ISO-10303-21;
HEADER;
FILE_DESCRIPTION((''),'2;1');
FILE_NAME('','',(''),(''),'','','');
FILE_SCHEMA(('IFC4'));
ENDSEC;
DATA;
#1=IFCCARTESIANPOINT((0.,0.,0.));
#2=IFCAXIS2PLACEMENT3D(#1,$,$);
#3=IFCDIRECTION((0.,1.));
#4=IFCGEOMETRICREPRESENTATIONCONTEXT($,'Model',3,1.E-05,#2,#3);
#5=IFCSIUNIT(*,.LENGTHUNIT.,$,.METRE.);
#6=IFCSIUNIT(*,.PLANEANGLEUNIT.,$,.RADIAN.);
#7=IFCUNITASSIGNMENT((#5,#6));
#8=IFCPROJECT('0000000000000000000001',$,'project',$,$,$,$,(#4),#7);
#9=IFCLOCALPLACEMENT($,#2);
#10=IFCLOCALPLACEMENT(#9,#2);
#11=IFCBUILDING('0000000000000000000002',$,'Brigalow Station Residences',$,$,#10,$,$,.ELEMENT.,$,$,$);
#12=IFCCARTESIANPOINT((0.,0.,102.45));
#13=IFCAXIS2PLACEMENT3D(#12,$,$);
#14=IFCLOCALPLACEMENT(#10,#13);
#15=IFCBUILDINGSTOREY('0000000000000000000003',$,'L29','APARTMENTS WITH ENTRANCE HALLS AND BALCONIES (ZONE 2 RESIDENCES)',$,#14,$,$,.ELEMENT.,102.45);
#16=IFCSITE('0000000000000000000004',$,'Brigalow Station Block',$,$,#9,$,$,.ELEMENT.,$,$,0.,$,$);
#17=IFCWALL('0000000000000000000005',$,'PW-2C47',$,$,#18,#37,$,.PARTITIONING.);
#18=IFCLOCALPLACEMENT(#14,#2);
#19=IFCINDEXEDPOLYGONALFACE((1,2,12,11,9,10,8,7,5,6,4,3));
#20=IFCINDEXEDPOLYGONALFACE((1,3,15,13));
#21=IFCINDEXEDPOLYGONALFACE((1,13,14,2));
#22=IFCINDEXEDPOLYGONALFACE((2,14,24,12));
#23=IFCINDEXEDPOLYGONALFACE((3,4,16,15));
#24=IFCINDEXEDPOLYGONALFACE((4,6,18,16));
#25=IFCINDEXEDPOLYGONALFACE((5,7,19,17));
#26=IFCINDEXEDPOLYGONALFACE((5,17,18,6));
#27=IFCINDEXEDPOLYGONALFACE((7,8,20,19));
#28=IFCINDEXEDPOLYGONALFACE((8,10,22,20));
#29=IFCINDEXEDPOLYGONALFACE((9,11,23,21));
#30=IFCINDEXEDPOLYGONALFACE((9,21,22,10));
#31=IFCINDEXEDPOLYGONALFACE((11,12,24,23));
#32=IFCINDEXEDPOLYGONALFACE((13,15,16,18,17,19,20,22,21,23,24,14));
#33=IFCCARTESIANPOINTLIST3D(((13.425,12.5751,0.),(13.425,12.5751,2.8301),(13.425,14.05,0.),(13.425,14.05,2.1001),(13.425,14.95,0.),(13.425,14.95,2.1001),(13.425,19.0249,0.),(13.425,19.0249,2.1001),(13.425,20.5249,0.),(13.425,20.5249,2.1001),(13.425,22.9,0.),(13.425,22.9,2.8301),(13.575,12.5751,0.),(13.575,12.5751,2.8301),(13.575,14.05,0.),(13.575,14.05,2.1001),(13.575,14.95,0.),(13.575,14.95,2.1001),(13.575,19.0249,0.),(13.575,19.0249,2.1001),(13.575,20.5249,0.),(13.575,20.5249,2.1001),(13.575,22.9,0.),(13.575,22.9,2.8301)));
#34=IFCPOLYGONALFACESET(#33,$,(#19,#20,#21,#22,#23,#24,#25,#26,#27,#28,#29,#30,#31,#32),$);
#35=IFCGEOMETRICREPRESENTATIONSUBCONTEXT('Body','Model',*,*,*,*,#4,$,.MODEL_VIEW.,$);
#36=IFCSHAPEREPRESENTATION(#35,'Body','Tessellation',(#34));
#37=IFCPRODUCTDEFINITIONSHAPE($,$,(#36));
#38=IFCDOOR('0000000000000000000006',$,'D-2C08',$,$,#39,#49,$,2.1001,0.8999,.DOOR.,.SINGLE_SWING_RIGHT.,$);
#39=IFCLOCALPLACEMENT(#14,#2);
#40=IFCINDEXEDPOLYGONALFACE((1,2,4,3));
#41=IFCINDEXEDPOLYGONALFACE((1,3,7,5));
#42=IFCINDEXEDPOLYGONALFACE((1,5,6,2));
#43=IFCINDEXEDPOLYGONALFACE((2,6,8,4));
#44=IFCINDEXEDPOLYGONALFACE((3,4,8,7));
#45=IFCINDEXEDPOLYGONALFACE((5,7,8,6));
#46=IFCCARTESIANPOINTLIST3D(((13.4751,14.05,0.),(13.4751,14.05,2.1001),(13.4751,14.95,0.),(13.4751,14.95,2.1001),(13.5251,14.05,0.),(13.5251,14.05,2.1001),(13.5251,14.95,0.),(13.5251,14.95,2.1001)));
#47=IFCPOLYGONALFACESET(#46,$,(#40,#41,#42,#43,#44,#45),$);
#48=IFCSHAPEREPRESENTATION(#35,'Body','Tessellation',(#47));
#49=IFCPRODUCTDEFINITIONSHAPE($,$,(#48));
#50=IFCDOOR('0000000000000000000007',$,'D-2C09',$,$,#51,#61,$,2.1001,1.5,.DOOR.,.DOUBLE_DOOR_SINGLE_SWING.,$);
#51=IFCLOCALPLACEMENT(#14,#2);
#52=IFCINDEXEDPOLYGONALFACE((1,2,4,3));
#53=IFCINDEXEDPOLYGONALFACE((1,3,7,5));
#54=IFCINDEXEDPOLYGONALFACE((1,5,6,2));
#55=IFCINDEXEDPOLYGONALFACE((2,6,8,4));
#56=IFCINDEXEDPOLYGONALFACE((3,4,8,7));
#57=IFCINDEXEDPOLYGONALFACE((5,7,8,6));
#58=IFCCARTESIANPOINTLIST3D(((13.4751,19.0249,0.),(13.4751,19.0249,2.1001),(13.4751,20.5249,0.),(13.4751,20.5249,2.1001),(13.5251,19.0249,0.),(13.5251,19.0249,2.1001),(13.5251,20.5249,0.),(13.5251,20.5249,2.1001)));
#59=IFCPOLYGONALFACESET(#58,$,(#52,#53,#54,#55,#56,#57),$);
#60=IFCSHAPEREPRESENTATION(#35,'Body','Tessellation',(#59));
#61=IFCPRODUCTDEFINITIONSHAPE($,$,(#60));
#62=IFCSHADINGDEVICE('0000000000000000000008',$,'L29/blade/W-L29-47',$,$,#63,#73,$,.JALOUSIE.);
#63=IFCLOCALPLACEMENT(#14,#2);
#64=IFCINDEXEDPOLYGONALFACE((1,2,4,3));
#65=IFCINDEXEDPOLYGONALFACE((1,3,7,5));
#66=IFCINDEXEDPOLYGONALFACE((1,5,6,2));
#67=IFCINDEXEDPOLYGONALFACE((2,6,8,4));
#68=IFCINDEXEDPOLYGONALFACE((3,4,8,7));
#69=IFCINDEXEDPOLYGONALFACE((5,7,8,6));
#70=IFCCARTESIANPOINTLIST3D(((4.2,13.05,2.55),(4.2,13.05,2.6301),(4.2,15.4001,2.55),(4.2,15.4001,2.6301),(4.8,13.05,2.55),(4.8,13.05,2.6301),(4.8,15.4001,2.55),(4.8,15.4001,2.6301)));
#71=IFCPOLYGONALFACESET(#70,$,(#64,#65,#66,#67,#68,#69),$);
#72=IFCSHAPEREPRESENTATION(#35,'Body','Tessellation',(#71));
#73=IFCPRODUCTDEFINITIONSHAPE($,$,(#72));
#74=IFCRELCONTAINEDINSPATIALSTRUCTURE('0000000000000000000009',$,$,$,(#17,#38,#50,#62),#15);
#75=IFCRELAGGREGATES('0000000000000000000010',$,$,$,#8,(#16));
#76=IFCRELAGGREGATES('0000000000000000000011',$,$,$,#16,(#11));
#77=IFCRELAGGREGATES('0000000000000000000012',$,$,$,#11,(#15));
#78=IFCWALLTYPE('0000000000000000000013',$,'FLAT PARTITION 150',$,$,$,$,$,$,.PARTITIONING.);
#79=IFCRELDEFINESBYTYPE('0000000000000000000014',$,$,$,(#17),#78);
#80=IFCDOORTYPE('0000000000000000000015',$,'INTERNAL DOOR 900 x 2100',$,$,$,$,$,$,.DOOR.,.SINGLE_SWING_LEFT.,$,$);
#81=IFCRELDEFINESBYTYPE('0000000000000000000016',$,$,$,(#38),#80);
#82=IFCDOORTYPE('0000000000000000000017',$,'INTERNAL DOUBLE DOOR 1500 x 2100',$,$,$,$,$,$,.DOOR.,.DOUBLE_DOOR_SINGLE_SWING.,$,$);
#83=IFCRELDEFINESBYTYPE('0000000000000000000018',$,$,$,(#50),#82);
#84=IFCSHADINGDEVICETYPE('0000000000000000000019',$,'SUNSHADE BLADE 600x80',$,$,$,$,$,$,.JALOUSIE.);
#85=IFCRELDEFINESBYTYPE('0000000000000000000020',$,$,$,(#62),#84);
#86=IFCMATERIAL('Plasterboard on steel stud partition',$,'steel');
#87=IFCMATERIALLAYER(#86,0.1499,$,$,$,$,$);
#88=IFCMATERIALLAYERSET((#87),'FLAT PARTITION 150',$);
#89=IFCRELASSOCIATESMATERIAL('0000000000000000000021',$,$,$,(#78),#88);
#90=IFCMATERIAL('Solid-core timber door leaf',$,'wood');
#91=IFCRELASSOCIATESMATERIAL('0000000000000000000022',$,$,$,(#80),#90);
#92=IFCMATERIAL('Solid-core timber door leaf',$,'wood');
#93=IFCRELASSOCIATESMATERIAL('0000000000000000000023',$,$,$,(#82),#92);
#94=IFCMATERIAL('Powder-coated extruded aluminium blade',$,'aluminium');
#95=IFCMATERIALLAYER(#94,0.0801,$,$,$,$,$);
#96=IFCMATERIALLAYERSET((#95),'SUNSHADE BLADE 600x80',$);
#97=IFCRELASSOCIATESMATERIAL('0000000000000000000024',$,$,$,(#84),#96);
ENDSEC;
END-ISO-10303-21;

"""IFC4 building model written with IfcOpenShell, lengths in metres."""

from ifc_helpers import new_model, si_unit, direction, frame, frame_2d, origin, origin_2d, place, context, subcontext, project, spatial, rectangle, extrude, material, layer, layer_set, type_object, element, fill, save


model = new_model("IFC4")

# Units and contexts
model_context = context("Model", 3, precision=1e-05, world=origin(), true_north=direction((0.0, 1.0)))
body_context = subcontext(model_context, "Body", "Model", "MODEL_VIEW")
ifc_project = project(units=[si_unit("LENGTHUNIT", "METRE"), si_unit("PLANEANGLEUNIT", "RADIAN")], contexts=[model_context])

# Site, building, storey
site_placement = place(None, origin())
site = spatial("IfcSite", under=ifc_project, at=site_placement, Name="Brigalow Station Block", CompositionType="ELEMENT", RefElevation=0.0)
building_placement = place(site_placement, origin())
building = spatial("IfcBuilding", under=site, at=building_placement, Name="Brigalow Station Residences", CompositionType="ELEMENT")
storey_placement = place(building_placement, frame((0.0, 0.0, 102.45)))
storey = spatial("IfcBuildingStorey", under=building, at=storey_placement, Name="L29", Description="APARTMENTS WITH ENTRANCE HALLS AND BALCONIES (ZONE 2 RESIDENCES)", CompositionType="ELEMENT", Elevation=102.45)

# Shared definitions
ifc_material_1 = material(Name="Plasterboard on steel stud partition", Category="steel")
ifc_layer_1 = layer(ifc_material_1, 0.1499)
ifc_layer_set_1 = layer_set([ifc_layer_1], Name="FLAT PARTITION 150")
wall_type_1 = type_object("IfcWallType", Name="FLAT PARTITION 150", PredefinedType="PARTITIONING", material=ifc_layer_set_1)

# Wall, openings, doors
wall_1_placement = place(storey_placement, frame((13.5, 12.575, 0.0), z_axis=(0.0, 0.0, 1.0), x_axis=(0.0, 1.0, 0.0)))
wall_1 = element("IfcWall", 1, at=wall_1_placement, inside=storey, type_object=wall_type_1, Name="PW-2C47", PredefinedType="PARTITIONING", context=body_context, shape_type="SweptSolid", body=[
    extrude(rectangle(XDim=10.325, YDim=0.1499, at=frame_2d((5.1626, 0.0))), origin(), (0.0, 0.0, 1.0), 2.8301),
])
opening_1_placement = place(wall_1_placement, frame((1.4751, 0.0, 0.0)))
opening_1 = element("IfcOpeningElement", 2, at=opening_1_placement, cuts=wall_1, PredefinedType="OPENING", context=body_context, shape_type="SweptSolid", body=[
    extrude(rectangle(XDim=0.8999, YDim=2.1001, at=frame_2d((0.45, 1.05))), frame((0.0, 0.085, 0.0), z_axis=(0.0, -1.0, 0.0), x_axis=(1.0, 0.0, 0.0)), (0.0, 0.0, 1.0), 0.1699),
])
opening_2_placement = place(wall_1_placement, frame((6.45, 0.0, 0.0)))
opening_2 = element("IfcOpeningElement", 3, at=opening_2_placement, cuts=wall_1, PredefinedType="OPENING", context=body_context, shape_type="SweptSolid", body=[
    extrude(rectangle(XDim=1.5, YDim=2.1001, at=frame_2d((0.75, 1.05))), frame((0.0, 0.085, 0.0), z_axis=(0.0, -1.0, 0.0), x_axis=(1.0, 0.0, 0.0)), (0.0, 0.0, 1.0), 0.1699),
])
ifc_material_2 = material(Name="Solid-core timber door leaf", Category="wood")
door_type_1 = type_object("IfcDoorType", Name="INTERNAL DOOR 900 x 2100", OperationType="SINGLE_SWING_LEFT", PredefinedType="DOOR", material=ifc_material_2)
door_1_placement = place(opening_1_placement, origin())
door_1 = element("IfcDoor", 4, at=door_1_placement, inside=storey, type_object=door_type_1, Name="D-2C08", OperationType="SINGLE_SWING_RIGHT", OverallHeight=2.1001, OverallWidth=0.8999, PredefinedType="DOOR", context=body_context, shape_type="SweptSolid", body=[
    extrude(rectangle(XDim=0.8999, YDim=2.1001, at=frame_2d((0.45, 1.05))), frame((0.0, 0.0249, 0.0), z_axis=(0.0, -1.0, 0.0), x_axis=(1.0, 0.0, 0.0)), (0.0, 0.0, 1.0), 0.05),
])
fill(opening_1, door_1)
ifc_material_3 = material(Name="Solid-core timber door leaf", Category="wood")
door_type_2 = type_object("IfcDoorType", Name="INTERNAL DOUBLE DOOR 1500 x 2100", OperationType="DOUBLE_DOOR_SINGLE_SWING", PredefinedType="DOOR", material=ifc_material_3)
door_2_placement = place(opening_2_placement, origin())
door_2 = element("IfcDoor", 5, at=door_2_placement, inside=storey, type_object=door_type_2, Name="D-2C09", OperationType="DOUBLE_DOOR_SINGLE_SWING", OverallHeight=2.1001, OverallWidth=1.5, PredefinedType="DOOR", context=body_context, shape_type="SweptSolid", body=[
    extrude(rectangle(XDim=1.5, YDim=2.1001, at=frame_2d((0.75, 1.05))), frame((0.0, 0.0249, 0.0), z_axis=(0.0, -1.0, 0.0), x_axis=(1.0, 0.0, 0.0)), (0.0, 0.0, 1.0), 0.05),
])
fill(opening_2, door_2)

# Shading device
ifc_material_4 = material(Name="Powder-coated extruded aluminium blade", Category="aluminium")
ifc_layer_2 = layer(ifc_material_4, 0.0801)
ifc_layer_set_2 = layer_set([ifc_layer_2], Name="SUNSHADE BLADE 600x80")
shading_device_type = type_object("IfcShadingDeviceType", Name="SUNSHADE BLADE 600x80", PredefinedType="JALOUSIE", material=ifc_layer_set_2)
shading_device_placement = place(storey_placement, frame((4.5, 14.2251, 2.55), z_axis=(0.0, 0.0, 1.0), x_axis=(0.0, -1.0, 0.0)))
element("IfcShadingDevice", 6, at=shading_device_placement, inside=storey, type_object=shading_device_type, Name="L29/blade/W-L29-47", PredefinedType="JALOUSIE", context=body_context, shape_type="SweptSolid", body=[
    extrude(rectangle(XDim=2.3501, YDim=0.6001, at=origin_2d()), origin(), (0.0, 0.0, 1.0), 0.0801),
])

save(model, "model.ifc")
